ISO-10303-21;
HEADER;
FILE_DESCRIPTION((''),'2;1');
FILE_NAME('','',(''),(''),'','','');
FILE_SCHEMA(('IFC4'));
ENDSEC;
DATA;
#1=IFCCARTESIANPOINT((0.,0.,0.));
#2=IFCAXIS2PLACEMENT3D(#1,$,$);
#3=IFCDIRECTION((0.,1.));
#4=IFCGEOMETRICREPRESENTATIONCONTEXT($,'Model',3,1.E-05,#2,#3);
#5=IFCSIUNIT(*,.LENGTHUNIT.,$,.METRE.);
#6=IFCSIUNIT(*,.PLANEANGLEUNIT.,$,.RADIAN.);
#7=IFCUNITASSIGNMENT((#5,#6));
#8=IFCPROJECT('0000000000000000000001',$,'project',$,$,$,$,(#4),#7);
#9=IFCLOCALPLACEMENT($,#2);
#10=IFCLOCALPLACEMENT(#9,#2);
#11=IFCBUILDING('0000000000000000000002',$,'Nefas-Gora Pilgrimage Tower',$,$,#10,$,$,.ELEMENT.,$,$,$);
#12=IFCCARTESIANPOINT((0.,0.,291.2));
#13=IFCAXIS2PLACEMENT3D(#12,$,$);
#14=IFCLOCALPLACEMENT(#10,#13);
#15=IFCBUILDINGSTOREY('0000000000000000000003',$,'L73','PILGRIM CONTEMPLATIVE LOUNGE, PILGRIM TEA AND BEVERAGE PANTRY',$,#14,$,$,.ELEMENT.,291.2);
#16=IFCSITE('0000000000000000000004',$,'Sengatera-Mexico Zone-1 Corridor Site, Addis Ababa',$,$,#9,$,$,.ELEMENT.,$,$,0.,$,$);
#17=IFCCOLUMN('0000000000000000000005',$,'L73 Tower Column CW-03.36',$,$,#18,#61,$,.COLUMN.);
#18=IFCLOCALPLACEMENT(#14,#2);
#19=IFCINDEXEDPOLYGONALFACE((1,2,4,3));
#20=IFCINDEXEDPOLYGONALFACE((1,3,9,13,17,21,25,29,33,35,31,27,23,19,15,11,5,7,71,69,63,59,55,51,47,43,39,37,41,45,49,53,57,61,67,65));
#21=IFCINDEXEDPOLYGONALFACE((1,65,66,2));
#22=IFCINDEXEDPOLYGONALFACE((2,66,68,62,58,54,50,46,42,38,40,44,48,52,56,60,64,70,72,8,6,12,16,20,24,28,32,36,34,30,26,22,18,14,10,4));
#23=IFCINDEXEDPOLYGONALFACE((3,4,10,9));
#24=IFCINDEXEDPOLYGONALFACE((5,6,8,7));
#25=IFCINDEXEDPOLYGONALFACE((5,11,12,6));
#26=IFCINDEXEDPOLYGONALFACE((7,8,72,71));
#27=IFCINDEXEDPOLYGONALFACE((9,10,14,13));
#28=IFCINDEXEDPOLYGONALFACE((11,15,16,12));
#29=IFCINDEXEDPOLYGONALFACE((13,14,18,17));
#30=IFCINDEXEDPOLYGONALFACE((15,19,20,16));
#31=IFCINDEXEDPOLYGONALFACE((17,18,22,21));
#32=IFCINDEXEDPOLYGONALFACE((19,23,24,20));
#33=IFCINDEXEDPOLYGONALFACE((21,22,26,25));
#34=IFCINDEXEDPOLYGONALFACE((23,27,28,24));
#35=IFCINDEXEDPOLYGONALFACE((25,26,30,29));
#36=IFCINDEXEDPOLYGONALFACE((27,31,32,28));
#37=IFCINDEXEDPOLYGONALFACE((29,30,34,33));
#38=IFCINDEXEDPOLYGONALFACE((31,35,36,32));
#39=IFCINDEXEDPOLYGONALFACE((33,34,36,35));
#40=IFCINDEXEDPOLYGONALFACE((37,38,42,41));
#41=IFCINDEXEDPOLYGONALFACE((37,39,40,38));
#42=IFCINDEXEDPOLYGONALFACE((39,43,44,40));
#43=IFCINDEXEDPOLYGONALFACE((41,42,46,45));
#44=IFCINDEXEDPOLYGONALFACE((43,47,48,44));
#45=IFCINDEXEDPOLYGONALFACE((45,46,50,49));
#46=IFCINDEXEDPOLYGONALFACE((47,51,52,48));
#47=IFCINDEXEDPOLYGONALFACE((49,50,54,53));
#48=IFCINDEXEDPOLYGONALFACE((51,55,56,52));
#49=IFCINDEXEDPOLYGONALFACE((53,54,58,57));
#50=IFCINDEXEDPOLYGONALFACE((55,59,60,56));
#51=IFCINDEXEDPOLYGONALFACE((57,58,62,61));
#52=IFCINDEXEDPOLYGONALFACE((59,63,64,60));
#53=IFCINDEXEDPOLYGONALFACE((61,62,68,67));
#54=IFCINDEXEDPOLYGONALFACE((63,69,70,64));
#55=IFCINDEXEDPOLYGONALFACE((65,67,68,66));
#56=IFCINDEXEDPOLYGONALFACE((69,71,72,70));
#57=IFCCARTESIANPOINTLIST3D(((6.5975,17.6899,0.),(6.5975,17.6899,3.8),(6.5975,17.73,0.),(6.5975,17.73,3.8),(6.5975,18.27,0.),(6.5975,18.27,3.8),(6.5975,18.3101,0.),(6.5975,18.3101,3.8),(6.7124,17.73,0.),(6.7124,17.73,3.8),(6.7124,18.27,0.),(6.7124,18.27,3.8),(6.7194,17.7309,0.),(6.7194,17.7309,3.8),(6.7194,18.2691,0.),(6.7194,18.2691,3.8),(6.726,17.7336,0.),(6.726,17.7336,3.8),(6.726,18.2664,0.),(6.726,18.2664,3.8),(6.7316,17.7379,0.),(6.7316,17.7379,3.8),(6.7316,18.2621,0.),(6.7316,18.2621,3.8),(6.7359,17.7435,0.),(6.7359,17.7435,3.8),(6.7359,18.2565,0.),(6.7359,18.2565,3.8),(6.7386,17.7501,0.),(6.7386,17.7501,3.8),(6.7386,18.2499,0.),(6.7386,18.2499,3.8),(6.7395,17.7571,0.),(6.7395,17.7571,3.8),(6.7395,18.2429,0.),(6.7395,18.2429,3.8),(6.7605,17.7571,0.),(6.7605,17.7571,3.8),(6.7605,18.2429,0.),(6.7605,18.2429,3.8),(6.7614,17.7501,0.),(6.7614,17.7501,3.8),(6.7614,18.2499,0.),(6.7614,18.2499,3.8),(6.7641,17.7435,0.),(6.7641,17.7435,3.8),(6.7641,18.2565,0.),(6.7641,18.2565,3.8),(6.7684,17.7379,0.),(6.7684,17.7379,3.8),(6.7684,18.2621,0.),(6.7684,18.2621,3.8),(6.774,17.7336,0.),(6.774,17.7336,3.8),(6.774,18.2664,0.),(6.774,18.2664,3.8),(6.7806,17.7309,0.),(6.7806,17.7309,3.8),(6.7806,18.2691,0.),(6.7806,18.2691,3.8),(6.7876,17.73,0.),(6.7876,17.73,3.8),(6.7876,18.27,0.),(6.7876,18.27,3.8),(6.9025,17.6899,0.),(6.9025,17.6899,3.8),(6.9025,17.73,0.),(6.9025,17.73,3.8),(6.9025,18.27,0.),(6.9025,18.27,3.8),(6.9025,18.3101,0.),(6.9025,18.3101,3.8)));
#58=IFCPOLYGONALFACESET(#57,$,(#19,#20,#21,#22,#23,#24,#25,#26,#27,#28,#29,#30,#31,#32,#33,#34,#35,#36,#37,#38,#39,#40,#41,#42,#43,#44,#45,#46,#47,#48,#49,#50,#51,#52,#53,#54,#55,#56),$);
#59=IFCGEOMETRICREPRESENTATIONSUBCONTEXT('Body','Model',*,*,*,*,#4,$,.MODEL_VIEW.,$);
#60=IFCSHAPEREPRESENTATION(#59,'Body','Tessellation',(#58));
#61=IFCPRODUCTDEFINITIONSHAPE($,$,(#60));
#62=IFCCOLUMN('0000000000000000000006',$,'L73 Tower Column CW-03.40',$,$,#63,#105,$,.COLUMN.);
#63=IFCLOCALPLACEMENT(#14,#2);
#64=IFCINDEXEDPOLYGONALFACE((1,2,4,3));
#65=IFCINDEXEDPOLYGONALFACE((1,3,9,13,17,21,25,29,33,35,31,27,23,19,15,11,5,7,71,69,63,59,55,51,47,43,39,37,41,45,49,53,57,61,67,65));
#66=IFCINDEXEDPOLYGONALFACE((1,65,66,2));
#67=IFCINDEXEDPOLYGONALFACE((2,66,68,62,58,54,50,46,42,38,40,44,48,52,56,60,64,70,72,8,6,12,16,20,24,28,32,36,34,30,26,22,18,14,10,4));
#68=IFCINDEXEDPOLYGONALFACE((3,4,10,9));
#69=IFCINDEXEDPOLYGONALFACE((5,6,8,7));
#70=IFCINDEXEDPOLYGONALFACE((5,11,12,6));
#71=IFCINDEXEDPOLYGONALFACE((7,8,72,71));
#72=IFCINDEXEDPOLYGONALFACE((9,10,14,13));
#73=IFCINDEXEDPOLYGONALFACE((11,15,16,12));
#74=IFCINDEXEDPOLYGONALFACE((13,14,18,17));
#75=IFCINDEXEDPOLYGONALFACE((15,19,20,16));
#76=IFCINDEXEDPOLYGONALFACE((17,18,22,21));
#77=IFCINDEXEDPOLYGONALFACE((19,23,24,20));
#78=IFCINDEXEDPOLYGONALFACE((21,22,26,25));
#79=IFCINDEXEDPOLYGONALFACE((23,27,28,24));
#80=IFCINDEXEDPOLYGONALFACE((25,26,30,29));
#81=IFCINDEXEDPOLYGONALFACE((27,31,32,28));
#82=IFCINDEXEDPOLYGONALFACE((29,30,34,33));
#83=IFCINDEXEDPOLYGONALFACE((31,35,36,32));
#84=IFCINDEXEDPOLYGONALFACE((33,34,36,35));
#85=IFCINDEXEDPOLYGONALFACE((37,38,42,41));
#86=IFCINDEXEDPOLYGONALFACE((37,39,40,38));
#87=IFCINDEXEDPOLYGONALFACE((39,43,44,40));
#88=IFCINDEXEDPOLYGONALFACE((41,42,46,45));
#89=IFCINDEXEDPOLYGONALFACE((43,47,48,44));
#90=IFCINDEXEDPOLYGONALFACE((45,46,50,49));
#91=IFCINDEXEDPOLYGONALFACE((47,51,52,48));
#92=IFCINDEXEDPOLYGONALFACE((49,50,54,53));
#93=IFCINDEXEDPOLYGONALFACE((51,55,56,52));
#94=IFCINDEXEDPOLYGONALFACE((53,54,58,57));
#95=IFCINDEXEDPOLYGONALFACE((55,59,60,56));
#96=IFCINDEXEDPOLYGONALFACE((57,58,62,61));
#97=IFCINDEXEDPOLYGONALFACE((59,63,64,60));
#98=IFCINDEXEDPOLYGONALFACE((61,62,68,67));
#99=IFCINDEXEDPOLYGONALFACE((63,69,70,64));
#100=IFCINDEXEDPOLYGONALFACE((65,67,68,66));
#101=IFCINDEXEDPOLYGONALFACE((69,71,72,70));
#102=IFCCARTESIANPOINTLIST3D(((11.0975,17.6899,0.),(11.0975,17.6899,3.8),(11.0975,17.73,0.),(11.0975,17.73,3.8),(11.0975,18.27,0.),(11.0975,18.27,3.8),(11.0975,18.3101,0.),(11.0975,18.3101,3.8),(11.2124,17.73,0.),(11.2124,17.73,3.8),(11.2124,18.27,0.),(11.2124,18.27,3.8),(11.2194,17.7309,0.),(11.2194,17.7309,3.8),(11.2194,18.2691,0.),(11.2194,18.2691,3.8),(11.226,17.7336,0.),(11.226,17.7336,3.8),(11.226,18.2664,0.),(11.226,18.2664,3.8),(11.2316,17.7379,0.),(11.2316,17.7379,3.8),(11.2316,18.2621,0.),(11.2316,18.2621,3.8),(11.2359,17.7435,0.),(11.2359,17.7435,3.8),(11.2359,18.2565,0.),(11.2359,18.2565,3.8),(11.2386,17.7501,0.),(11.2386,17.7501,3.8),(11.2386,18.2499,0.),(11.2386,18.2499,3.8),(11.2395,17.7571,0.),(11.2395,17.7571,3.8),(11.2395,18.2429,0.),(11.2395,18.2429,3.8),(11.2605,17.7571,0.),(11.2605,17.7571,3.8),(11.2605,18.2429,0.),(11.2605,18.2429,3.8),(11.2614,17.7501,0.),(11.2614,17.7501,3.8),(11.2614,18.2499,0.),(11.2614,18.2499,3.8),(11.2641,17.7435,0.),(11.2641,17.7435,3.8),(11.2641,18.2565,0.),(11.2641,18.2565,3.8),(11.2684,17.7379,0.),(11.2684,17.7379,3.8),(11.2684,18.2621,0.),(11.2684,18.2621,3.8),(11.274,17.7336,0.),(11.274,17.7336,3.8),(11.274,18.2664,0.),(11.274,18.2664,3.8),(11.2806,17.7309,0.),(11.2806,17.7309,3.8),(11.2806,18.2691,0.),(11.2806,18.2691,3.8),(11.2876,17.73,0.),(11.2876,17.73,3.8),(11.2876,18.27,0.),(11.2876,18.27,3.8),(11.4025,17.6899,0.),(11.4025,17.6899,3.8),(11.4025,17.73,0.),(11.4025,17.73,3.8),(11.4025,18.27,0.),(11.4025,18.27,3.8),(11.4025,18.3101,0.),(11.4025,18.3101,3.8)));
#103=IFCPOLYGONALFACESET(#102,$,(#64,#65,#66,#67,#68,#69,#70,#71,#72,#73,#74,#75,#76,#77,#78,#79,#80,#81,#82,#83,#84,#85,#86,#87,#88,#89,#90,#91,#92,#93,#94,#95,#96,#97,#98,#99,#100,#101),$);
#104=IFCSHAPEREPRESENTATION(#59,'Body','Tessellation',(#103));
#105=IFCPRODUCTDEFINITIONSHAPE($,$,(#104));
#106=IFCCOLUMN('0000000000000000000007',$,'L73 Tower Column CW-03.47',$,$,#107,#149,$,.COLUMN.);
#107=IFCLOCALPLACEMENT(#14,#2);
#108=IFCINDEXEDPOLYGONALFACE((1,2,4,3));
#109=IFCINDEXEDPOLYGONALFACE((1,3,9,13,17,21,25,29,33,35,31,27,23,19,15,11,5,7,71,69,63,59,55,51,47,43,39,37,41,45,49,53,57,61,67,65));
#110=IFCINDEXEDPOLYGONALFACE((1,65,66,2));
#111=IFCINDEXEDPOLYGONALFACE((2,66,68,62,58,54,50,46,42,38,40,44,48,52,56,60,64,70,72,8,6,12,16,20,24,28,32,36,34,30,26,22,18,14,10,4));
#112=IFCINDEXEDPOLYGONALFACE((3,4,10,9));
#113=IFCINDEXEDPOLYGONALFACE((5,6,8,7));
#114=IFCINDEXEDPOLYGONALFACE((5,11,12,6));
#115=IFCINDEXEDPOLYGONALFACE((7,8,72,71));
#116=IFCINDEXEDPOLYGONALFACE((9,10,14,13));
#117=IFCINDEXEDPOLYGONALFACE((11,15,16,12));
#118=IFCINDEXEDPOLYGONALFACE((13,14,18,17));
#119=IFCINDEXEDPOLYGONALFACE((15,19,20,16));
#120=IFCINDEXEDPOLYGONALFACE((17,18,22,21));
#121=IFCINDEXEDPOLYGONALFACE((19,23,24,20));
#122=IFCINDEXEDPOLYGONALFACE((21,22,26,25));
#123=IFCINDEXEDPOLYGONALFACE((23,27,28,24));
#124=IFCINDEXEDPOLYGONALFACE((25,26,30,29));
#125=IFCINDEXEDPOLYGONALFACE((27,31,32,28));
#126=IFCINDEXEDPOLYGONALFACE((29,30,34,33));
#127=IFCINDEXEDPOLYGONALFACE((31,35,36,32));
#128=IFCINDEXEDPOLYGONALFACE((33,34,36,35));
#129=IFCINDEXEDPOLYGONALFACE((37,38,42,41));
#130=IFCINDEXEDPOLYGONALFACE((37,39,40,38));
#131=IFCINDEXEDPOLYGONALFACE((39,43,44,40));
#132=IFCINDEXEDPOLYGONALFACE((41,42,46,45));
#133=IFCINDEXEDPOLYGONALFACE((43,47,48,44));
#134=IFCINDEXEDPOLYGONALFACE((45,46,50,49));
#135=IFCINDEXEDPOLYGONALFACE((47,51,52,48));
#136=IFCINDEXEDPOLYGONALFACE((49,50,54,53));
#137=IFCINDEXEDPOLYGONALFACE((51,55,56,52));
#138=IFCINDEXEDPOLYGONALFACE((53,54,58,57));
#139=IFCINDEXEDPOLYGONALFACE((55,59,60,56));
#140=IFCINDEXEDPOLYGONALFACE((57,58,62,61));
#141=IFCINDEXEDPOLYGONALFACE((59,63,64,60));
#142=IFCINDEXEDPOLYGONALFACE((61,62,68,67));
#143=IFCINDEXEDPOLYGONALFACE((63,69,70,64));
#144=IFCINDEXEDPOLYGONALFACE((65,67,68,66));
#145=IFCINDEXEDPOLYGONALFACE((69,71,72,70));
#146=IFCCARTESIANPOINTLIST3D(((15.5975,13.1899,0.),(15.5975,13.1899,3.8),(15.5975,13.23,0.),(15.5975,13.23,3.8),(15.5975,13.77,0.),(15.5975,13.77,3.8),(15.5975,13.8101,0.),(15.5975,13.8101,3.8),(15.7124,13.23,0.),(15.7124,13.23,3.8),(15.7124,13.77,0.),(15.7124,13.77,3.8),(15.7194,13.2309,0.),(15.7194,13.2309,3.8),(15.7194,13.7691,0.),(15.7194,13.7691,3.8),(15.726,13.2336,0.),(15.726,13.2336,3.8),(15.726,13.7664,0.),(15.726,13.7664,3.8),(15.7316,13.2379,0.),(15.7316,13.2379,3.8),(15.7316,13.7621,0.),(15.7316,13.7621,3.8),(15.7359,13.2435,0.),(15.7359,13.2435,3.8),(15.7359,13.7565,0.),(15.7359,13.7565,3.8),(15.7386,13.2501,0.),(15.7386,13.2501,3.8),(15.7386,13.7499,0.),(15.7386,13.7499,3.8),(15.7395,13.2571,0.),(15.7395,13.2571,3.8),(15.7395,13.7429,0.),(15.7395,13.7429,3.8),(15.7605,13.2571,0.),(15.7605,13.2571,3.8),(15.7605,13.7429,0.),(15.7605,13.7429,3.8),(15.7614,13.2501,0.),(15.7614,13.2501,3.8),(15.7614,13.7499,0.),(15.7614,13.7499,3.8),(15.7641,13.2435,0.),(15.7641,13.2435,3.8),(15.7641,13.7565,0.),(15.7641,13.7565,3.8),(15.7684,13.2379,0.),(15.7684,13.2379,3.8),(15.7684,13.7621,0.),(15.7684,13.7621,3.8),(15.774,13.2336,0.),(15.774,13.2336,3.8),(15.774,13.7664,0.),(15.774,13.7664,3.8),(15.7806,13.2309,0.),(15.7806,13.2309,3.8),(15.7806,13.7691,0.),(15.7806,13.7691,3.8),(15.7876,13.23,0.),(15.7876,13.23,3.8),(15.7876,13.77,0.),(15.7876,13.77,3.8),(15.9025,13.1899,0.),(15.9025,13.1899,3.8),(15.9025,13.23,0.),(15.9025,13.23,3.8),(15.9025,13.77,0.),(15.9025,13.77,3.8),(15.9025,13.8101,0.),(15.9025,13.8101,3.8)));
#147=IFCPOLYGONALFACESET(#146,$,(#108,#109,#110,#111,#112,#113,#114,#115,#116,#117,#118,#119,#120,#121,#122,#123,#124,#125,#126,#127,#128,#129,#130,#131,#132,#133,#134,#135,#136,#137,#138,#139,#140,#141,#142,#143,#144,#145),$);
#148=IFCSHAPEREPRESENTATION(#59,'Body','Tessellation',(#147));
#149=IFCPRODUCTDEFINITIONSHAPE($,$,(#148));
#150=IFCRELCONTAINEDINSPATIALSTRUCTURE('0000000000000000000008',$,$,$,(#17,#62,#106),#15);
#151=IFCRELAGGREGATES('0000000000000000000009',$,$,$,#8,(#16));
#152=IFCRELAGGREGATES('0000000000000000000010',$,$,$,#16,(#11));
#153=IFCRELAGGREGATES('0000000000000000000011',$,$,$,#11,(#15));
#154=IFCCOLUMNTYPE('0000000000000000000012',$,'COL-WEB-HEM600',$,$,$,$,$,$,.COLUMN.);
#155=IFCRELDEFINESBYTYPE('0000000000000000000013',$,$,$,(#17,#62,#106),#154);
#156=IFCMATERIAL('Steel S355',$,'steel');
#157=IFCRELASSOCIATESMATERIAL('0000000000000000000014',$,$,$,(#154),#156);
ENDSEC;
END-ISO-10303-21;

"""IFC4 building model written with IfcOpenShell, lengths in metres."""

from ifc_helpers import new_model, si_unit, direction, frame, origin, origin_2d, place, context, subcontext, project, spatial, i_section, extrude, source, transform, mapped, material, material_profile, profile_set, type_object, element, save


model = new_model("IFC4")

# Units and contexts
model_context = context("Model", 3, precision=1e-05, world=origin(), true_north=direction((0.0, 1.0)))
body_context = subcontext(model_context, "Body", "Model", "MODEL_VIEW")
ifc_project = project(units=[si_unit("LENGTHUNIT", "METRE"), si_unit("PLANEANGLEUNIT", "RADIAN")], contexts=[model_context])

# Site, building, storey
site_placement = place(None, origin())
site = spatial("IfcSite", under=ifc_project, at=site_placement, Name="Sengatera-Mexico Zone-1 Corridor Site, Addis Ababa", CompositionType="ELEMENT", RefElevation=0.0)
building_placement = place(site_placement, origin())
building = spatial("IfcBuilding", under=site, at=building_placement, Name="Nefas-Gora Pilgrimage Tower", CompositionType="ELEMENT")
storey_placement = place(building_placement, frame((0.0, 0.0, 291.2)))
storey = spatial("IfcBuildingStorey", under=building, at=storey_placement, Name="L73", Description="PILGRIM CONTEMPLATIVE LOUNGE, PILGRIM TEA AND BEVERAGE PANTRY", CompositionType="ELEMENT", Elevation=291.2)

# Columns
ifc_material_1 = material(Name="Steel S355", Category="steel")
ifc_material_profile_1 = material_profile(ifc_material_1, i_section(OverallWidth=0.3049, OverallDepth=0.6201, WebThickness=0.021, FlangeThickness=0.04, FilletRadius=0.0271, at=origin_2d()), Name="HEM 600")
ifc_profile_set_1 = profile_set([ifc_material_profile_1], Name="Steel S355")
column_type_1 = type_object("IfcColumnType", Name="COL-WEB-HEM600", PredefinedType="COLUMN", material=ifc_profile_set_1)
shared_shape_1 = source(origin(), body_context, "Body", "SweptSolid", [
    extrude(i_section(OverallWidth=0.3049, OverallDepth=0.6201, WebThickness=0.021, FlangeThickness=0.04, FilletRadius=0.0271, at=origin_2d()), origin(), (0.0, 0.0, 1.0), 3.8),
])
for number, where, z_axis, x_axis, name in (
    (1, (6.75, 18.0, 0.0), (0.0, 0.0, 1.0), (1.0, 0.0, 0.0), "L73 Tower Column CW-03.36"),
    (2, (11.25, 18.0, 0.0), (0.0, 0.0, 1.0), (1.0, 0.0, 0.0), "L73 Tower Column CW-03.40"),
    (3, (15.75, 13.5, 0.0), (0.0, 0.0, 1.0), (1.0, 0.0, 0.0), "L73 Tower Column CW-03.47"),
):
    element("IfcColumn", number, at=place(storey_placement, frame(where, z_axis=z_axis, x_axis=x_axis)), inside=storey, type_object=column_type_1, Name=name, PredefinedType="COLUMN", context=body_context, shape_type="MappedRepresentation", body=[
        mapped(shared_shape_1, transform((0.0, 0.0, 0.0), x_axis=(1.0, 0.0, 0.0), y_axis=(0.0, 1.0, 0.0), z_axis=(0.0, 0.0, 1.0), scale=1.0)),
    ])

save(model, "model.ifc")
